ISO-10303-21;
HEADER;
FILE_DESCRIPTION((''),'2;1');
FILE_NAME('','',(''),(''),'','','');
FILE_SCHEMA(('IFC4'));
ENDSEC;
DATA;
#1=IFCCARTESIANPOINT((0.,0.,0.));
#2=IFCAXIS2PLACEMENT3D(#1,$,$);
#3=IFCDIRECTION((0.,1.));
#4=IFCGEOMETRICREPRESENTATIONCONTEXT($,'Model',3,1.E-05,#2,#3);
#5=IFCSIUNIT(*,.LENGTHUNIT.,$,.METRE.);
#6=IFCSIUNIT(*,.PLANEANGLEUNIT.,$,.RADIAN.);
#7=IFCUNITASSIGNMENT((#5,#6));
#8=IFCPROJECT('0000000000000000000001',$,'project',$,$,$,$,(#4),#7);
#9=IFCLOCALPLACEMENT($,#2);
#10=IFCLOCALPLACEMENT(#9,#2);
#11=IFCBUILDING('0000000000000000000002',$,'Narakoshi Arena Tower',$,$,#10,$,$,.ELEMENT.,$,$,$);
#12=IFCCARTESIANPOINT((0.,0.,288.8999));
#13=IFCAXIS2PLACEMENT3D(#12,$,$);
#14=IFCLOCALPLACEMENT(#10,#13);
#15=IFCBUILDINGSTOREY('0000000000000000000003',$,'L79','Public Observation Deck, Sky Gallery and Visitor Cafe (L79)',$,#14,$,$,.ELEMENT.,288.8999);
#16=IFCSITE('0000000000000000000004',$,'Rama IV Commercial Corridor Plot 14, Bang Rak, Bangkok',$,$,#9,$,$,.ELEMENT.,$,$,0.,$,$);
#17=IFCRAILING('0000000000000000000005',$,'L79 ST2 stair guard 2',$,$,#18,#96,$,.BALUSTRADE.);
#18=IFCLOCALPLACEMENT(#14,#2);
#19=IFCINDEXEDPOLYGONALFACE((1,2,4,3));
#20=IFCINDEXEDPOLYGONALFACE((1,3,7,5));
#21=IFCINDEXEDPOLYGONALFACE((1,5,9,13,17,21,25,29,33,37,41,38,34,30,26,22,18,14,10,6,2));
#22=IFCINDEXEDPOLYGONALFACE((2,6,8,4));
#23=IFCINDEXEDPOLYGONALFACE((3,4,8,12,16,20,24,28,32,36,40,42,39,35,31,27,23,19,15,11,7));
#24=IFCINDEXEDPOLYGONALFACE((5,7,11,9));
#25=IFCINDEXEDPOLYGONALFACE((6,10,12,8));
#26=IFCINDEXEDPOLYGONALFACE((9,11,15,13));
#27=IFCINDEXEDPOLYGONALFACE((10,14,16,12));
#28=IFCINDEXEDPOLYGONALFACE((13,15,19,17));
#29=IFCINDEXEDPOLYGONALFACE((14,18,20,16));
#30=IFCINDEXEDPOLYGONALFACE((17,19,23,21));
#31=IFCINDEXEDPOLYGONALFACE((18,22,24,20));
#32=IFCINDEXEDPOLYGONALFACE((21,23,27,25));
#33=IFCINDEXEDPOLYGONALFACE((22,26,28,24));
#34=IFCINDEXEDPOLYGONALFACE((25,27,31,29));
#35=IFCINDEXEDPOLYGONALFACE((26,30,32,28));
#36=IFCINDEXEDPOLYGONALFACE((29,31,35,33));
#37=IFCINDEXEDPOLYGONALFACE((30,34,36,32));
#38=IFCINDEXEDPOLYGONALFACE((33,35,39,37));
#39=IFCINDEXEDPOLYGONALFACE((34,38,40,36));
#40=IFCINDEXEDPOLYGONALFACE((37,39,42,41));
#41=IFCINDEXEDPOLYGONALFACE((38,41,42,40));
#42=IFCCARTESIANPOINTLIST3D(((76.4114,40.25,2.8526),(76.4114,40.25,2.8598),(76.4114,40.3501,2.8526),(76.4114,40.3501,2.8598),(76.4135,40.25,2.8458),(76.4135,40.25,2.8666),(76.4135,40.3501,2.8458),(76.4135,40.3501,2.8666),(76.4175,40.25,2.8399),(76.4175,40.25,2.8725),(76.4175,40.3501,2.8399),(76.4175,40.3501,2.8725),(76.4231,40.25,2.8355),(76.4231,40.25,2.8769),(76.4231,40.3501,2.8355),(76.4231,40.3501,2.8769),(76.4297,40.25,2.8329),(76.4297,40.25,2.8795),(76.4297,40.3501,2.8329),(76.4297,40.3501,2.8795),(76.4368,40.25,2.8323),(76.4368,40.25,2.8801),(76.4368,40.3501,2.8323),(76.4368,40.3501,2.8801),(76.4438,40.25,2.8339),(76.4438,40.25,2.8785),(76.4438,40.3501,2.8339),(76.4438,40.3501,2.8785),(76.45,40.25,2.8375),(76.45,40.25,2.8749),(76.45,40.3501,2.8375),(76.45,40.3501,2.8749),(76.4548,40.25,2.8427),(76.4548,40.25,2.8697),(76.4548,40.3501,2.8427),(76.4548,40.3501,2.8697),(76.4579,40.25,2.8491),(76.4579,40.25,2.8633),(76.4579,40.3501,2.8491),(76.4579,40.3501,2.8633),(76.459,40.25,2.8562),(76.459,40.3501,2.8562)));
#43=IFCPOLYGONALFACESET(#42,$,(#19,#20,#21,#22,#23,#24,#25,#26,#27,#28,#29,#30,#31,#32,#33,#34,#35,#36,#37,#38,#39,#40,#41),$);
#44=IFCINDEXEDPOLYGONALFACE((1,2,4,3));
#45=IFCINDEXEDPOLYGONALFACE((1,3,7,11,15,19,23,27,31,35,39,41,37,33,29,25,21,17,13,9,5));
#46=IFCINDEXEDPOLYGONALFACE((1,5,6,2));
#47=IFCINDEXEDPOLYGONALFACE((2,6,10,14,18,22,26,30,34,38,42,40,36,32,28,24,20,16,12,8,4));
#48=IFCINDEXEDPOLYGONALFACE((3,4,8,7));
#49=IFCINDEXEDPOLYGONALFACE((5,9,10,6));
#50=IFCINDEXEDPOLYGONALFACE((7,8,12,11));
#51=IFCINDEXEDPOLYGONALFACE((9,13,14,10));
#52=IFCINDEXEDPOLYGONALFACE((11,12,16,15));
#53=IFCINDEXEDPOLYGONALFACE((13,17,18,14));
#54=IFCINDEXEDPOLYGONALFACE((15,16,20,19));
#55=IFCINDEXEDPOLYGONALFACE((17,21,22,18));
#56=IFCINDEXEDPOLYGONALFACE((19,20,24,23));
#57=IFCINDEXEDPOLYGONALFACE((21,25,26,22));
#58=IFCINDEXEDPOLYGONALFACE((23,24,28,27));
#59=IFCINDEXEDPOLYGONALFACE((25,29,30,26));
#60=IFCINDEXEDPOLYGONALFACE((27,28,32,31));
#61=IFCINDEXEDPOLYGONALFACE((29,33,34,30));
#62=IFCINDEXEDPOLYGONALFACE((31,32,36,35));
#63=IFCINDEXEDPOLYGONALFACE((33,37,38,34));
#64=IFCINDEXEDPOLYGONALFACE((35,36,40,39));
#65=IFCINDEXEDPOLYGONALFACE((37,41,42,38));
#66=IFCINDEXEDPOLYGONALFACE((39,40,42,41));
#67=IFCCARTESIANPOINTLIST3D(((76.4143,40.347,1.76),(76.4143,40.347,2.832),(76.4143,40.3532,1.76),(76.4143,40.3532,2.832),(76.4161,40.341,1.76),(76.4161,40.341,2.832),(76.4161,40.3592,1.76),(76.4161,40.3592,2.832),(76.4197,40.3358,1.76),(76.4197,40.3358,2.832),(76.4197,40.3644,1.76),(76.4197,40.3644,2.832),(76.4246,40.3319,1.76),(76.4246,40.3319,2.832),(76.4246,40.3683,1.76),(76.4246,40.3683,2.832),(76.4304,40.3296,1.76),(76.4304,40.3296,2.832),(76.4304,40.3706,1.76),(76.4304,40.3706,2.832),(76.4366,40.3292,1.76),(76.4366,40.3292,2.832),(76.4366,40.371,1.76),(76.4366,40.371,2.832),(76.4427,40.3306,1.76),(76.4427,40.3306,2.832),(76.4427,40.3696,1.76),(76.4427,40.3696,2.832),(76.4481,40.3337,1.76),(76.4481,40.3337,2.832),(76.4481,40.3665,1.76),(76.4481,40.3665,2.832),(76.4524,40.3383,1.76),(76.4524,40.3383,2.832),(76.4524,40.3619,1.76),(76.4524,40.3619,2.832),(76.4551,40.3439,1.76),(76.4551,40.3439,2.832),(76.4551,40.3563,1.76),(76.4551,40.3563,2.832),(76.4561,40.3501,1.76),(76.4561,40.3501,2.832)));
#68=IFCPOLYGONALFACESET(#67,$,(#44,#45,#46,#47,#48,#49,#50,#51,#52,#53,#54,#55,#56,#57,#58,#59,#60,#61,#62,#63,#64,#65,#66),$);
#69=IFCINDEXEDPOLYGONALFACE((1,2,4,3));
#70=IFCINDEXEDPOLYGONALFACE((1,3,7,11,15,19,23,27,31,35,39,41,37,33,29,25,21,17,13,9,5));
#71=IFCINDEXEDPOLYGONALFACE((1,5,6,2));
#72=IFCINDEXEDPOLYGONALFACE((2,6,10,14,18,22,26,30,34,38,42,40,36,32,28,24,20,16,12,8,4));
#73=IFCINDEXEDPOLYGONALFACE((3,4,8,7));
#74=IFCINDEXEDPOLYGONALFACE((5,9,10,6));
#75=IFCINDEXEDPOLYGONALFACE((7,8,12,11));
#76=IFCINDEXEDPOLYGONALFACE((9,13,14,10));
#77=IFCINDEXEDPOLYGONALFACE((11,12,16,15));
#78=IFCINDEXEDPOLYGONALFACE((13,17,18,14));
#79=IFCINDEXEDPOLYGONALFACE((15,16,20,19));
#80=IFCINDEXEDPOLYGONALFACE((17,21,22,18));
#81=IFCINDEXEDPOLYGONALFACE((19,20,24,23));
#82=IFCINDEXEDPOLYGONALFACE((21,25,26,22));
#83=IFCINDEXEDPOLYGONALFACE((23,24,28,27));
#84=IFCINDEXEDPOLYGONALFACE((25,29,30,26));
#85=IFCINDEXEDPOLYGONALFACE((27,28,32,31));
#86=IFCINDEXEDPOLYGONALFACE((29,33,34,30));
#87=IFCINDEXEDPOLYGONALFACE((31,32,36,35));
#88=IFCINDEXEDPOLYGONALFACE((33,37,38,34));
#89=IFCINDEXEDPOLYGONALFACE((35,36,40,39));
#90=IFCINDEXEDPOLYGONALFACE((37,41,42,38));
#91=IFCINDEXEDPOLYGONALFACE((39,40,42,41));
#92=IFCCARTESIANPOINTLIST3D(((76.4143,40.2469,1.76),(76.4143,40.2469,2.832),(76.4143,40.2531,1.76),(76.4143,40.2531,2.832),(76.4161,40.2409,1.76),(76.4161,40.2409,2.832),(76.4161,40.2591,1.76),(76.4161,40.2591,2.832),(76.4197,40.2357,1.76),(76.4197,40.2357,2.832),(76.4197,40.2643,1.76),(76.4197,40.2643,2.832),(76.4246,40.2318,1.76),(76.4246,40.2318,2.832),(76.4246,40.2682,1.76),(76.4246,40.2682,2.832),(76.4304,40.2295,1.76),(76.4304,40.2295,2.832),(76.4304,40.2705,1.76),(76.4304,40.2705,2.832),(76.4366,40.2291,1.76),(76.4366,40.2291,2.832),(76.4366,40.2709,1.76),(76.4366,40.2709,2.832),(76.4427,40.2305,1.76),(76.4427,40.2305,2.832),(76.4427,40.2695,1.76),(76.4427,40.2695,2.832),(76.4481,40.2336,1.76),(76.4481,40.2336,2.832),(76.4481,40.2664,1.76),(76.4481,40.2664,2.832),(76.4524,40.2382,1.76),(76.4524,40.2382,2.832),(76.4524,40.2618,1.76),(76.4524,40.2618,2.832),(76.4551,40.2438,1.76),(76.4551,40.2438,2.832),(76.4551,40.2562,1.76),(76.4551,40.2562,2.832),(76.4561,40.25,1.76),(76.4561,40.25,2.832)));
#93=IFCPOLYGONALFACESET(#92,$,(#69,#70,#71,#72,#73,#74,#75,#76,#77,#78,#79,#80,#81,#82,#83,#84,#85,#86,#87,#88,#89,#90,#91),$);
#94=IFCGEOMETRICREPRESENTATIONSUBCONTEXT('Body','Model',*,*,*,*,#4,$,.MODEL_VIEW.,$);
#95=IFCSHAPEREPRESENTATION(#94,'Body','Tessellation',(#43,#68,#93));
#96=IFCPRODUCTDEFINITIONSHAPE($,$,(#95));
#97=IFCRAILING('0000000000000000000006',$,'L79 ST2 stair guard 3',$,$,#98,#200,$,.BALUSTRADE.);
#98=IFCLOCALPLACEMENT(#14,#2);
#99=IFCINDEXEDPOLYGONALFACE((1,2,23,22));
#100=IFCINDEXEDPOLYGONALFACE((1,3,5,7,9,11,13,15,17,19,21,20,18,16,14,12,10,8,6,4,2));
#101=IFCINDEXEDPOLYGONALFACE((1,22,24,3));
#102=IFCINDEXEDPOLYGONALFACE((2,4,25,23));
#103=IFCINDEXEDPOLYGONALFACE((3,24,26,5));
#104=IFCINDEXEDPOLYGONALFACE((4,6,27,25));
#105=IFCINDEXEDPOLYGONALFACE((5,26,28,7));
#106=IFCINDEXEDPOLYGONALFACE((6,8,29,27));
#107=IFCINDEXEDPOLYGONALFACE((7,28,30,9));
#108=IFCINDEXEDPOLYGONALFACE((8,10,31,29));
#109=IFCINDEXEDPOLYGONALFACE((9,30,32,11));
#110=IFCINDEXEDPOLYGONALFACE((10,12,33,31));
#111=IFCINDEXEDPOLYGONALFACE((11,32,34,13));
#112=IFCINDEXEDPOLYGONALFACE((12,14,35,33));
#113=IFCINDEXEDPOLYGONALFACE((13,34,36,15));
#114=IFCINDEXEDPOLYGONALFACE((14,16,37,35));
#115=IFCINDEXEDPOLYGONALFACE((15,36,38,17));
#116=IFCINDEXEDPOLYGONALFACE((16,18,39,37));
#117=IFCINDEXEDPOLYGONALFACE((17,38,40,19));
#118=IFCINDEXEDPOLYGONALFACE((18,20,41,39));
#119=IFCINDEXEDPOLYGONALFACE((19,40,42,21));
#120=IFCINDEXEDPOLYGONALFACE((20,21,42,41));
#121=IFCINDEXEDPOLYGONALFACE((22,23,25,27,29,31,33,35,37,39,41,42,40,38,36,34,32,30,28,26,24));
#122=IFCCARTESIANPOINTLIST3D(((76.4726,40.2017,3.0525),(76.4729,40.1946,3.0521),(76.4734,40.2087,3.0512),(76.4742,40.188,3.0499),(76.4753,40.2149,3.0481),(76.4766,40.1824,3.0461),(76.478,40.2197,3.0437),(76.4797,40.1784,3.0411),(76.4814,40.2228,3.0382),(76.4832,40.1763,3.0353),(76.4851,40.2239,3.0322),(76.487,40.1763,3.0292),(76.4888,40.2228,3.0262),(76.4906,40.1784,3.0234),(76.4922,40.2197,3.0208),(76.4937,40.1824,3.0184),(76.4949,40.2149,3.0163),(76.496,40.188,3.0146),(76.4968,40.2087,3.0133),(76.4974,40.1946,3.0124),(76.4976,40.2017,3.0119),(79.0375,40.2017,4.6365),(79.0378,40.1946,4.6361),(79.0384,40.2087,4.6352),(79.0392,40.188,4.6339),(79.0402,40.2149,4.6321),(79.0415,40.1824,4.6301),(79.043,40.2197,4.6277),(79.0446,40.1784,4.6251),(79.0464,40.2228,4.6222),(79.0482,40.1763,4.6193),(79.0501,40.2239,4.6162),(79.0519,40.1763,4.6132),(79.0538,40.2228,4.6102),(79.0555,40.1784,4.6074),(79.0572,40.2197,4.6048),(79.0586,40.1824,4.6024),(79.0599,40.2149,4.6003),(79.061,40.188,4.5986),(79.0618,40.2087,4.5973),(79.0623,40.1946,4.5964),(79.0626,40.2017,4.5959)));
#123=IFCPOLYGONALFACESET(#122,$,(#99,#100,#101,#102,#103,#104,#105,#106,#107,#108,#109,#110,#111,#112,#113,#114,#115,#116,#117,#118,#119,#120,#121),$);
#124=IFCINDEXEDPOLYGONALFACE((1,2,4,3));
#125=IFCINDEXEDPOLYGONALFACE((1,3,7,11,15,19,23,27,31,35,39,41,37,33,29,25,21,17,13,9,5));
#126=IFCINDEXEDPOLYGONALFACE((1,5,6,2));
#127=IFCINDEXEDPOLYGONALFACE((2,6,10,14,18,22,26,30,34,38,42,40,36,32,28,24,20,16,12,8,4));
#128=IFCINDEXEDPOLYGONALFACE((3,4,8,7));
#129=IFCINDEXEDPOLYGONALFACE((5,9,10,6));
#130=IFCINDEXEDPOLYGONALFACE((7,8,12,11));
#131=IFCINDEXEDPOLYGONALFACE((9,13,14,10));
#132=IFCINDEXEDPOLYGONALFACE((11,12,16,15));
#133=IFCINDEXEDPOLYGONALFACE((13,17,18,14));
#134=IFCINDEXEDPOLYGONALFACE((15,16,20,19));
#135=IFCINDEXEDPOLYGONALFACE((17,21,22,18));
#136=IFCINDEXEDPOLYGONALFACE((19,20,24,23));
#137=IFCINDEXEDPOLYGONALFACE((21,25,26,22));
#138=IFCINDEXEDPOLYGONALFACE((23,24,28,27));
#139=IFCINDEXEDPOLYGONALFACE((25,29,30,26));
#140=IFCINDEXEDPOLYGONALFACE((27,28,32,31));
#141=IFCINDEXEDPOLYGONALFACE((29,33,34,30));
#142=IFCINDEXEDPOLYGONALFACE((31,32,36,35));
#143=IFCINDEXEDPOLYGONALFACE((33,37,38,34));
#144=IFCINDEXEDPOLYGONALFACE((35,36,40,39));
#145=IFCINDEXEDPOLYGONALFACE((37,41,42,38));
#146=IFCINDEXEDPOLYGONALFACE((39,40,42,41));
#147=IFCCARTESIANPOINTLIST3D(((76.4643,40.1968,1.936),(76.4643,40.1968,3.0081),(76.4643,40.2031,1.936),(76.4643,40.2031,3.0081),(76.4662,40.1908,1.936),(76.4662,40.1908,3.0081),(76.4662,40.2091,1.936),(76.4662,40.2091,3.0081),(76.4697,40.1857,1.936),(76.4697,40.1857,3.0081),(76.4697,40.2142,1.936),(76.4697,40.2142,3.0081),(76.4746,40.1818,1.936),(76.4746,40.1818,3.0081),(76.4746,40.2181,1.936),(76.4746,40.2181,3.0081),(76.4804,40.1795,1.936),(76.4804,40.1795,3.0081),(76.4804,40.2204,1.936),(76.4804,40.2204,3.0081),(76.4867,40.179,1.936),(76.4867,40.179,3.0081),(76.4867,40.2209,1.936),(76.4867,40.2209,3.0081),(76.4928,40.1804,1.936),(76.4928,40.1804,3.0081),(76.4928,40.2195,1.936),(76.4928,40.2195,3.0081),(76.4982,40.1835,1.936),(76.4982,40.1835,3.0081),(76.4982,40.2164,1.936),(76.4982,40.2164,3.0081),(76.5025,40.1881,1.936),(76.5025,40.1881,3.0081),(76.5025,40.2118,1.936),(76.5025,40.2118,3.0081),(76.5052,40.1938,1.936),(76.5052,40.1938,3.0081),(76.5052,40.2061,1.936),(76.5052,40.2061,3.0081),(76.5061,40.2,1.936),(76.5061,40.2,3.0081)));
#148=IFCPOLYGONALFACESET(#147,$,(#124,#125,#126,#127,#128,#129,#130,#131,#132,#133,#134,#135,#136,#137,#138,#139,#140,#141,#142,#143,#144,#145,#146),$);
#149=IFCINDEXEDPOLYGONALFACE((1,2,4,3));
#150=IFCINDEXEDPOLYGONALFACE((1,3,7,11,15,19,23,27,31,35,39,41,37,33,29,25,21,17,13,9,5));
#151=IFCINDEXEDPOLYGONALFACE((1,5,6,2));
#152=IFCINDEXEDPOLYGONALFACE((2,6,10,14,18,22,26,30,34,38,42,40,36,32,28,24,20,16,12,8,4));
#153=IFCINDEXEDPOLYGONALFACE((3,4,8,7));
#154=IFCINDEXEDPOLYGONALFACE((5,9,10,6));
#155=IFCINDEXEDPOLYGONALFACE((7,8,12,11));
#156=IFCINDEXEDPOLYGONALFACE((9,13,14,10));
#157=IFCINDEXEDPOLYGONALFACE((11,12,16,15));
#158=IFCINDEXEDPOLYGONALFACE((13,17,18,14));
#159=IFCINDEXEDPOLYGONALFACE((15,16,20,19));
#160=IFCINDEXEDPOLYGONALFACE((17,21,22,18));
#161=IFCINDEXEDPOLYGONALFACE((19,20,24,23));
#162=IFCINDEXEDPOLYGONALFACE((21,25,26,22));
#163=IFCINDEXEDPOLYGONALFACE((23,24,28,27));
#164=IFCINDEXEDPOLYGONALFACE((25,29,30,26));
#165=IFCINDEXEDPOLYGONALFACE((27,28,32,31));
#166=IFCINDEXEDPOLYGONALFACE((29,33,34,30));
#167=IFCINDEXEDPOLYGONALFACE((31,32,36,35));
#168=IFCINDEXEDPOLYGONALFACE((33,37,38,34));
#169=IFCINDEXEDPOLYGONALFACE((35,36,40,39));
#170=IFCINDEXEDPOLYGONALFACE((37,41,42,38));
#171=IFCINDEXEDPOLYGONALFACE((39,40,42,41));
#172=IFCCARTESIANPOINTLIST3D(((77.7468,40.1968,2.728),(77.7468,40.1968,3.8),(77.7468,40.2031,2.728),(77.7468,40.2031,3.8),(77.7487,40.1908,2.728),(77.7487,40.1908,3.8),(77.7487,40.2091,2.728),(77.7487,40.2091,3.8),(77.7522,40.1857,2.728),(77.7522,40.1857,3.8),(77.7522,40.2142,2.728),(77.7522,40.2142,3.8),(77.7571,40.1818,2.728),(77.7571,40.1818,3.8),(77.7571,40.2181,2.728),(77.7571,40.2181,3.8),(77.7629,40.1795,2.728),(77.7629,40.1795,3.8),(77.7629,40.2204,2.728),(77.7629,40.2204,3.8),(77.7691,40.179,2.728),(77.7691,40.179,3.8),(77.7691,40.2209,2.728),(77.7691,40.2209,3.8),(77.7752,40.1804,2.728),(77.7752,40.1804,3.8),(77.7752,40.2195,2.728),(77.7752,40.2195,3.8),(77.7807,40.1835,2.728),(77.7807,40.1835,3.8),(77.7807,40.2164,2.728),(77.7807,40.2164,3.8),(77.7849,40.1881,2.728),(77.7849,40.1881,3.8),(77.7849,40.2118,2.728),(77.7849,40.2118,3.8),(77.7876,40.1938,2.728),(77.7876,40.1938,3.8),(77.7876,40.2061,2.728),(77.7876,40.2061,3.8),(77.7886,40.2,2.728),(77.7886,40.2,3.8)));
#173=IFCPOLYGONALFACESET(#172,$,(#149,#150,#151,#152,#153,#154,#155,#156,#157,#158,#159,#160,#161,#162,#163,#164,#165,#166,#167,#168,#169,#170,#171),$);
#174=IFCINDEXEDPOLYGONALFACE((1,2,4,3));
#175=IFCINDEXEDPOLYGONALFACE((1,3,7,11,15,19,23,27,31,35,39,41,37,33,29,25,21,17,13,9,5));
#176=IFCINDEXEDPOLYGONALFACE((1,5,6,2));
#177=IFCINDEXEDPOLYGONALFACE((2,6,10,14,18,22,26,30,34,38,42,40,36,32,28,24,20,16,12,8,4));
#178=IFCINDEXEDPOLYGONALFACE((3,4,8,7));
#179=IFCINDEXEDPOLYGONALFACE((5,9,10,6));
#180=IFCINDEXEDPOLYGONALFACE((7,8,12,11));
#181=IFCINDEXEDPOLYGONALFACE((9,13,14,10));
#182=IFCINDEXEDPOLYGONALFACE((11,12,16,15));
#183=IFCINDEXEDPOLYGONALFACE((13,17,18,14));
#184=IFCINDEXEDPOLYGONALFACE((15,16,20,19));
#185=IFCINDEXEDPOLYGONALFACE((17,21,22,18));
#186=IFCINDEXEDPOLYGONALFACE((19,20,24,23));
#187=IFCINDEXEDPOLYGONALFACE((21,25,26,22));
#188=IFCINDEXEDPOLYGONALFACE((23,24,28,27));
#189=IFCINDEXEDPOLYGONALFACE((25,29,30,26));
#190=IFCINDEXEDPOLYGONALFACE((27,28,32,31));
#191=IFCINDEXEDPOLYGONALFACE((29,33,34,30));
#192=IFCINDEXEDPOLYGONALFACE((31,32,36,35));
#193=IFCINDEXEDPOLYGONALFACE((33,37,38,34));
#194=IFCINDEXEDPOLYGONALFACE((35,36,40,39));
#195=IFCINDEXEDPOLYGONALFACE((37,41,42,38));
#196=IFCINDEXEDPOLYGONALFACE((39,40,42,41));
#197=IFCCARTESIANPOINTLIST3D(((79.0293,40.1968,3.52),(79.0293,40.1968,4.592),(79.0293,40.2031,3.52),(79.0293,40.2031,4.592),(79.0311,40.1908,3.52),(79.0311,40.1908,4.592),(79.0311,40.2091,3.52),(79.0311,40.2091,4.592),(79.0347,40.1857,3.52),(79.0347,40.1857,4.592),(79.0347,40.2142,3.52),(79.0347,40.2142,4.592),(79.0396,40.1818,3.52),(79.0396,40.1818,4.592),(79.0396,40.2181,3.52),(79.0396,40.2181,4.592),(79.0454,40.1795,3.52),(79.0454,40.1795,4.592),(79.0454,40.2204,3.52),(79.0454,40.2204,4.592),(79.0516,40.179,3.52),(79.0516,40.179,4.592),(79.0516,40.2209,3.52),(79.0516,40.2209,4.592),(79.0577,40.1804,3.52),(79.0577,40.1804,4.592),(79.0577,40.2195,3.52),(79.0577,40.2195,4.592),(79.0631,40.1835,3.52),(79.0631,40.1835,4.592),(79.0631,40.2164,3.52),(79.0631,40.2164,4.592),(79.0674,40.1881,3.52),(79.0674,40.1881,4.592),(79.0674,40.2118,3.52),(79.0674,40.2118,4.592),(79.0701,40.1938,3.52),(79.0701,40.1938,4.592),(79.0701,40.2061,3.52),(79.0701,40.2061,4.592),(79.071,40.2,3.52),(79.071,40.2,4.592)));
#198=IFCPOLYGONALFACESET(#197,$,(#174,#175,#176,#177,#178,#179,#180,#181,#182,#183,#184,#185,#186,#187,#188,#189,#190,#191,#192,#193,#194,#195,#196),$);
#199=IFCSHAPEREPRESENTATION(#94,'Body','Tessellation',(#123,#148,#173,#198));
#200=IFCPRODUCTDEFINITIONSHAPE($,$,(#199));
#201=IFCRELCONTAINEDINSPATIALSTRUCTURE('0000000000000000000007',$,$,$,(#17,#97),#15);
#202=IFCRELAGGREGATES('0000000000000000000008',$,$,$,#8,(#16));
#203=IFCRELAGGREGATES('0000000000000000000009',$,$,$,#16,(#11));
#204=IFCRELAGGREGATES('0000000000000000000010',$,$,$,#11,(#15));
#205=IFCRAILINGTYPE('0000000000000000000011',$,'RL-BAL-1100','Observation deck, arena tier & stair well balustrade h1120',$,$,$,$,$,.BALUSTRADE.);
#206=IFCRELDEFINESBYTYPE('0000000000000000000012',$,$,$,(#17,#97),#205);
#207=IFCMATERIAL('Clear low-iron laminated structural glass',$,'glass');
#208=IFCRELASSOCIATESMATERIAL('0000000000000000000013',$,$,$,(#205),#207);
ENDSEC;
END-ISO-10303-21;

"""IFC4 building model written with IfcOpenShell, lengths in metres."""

from ifc_helpers import new_model, si_unit, direction, frame, origin, origin_2d, place, context, subcontext, project, spatial, circle, extrude, material, type_object, element, save


model = new_model("IFC4")

# Units and contexts
model_context = context("Model", 3, precision=1e-05, world=origin(), true_north=direction((0.0, 1.0)))
body_context = subcontext(model_context, "Body", "Model", "MODEL_VIEW")
ifc_project = project(units=[si_unit("LENGTHUNIT", "METRE"), si_unit("PLANEANGLEUNIT", "RADIAN")], contexts=[model_context])

# Site, building, storey
site_placement = place(None, origin())
site = spatial("IfcSite", under=ifc_project, at=site_placement, Name="Rama IV Commercial Corridor Plot 14, Bang Rak, Bangkok", CompositionType="ELEMENT", RefElevation=0.0)
building_placement = place(site_placement, origin())
building = spatial("IfcBuilding", under=site, at=building_placement, Name="Narakoshi Arena Tower", CompositionType="ELEMENT")
storey_placement = place(building_placement, frame((0.0, 0.0, 288.8999)))
storey = spatial("IfcBuildingStorey", under=building, at=storey_placement, Name="L79", Description="Public Observation Deck, Sky Gallery and Visitor Cafe (L79)", CompositionType="ELEMENT", Elevation=288.8999)

# Railings
ifc_material_1 = material(Name="Clear low-iron laminated structural glass", Category="glass")
railing_type_1 = type_object("IfcRailingType", Name="RL-BAL-1100", Description="Observation deck, arena tier & stair well balustrade h1120", PredefinedType="BALUSTRADE", material=ifc_material_1)
railing_1_placement = place(storey_placement, frame((76.4351, 40.3501, 1.76)))
element("IfcRailing", 1, at=railing_1_placement, inside=storey, type_object=railing_type_1, Name="L79 ST2 stair guard 2", PredefinedType="BALUSTRADE", context=body_context, shape_type="SweptSolid", body=[
    extrude(circle(Radius=0.0239, at=origin_2d()), frame((0.0, 0.0, 1.0962), z_axis=(0.0, -1.0, 0.0), x_axis=(1.0, 0.0, 0.0)), (0.0, 0.0, 1.0), 0.1001),
    extrude(circle(Radius=0.021, at=origin_2d()), origin(), (0.0, 0.0, 1.0), 1.072),
    extrude(circle(Radius=0.021, at=origin_2d()), frame((0.0, -0.1001, 0.0)), (0.0, 0.0, 1.0), 1.072),
])
railing_2_placement = place(storey_placement, frame((76.4851, 40.2, 1.936)))
element("IfcRailing", 2, at=railing_2_placement, inside=storey, type_object=railing_type_1, Name="L79 ST2 stair guard 3", PredefinedType="BALUSTRADE", context=body_context, shape_type="SweptSolid", body=[
    extrude(circle(Radius=0.0239, at=origin_2d()), frame((0.0, 0.0, 1.0962), z_axis=(0.850834, 0.0, 0.525434), x_axis=(0.0, 1.0, 0.0)), (0.0, 0.0, 1.0), 3.0146),
    extrude(circle(Radius=0.021, at=origin_2d()), origin(), (0.0, 0.0, 1.0), 1.072),
    extrude(circle(Radius=0.021, at=origin_2d()), frame((1.2825, 0.0, 0.792)), (0.0, 0.0, 1.0), 1.072),
    extrude(circle(Radius=0.021, at=origin_2d()), frame((2.5649, 0.0, 1.584)), (0.0, 0.0, 1.0), 1.072),
])

save(model, "model.ifc")
